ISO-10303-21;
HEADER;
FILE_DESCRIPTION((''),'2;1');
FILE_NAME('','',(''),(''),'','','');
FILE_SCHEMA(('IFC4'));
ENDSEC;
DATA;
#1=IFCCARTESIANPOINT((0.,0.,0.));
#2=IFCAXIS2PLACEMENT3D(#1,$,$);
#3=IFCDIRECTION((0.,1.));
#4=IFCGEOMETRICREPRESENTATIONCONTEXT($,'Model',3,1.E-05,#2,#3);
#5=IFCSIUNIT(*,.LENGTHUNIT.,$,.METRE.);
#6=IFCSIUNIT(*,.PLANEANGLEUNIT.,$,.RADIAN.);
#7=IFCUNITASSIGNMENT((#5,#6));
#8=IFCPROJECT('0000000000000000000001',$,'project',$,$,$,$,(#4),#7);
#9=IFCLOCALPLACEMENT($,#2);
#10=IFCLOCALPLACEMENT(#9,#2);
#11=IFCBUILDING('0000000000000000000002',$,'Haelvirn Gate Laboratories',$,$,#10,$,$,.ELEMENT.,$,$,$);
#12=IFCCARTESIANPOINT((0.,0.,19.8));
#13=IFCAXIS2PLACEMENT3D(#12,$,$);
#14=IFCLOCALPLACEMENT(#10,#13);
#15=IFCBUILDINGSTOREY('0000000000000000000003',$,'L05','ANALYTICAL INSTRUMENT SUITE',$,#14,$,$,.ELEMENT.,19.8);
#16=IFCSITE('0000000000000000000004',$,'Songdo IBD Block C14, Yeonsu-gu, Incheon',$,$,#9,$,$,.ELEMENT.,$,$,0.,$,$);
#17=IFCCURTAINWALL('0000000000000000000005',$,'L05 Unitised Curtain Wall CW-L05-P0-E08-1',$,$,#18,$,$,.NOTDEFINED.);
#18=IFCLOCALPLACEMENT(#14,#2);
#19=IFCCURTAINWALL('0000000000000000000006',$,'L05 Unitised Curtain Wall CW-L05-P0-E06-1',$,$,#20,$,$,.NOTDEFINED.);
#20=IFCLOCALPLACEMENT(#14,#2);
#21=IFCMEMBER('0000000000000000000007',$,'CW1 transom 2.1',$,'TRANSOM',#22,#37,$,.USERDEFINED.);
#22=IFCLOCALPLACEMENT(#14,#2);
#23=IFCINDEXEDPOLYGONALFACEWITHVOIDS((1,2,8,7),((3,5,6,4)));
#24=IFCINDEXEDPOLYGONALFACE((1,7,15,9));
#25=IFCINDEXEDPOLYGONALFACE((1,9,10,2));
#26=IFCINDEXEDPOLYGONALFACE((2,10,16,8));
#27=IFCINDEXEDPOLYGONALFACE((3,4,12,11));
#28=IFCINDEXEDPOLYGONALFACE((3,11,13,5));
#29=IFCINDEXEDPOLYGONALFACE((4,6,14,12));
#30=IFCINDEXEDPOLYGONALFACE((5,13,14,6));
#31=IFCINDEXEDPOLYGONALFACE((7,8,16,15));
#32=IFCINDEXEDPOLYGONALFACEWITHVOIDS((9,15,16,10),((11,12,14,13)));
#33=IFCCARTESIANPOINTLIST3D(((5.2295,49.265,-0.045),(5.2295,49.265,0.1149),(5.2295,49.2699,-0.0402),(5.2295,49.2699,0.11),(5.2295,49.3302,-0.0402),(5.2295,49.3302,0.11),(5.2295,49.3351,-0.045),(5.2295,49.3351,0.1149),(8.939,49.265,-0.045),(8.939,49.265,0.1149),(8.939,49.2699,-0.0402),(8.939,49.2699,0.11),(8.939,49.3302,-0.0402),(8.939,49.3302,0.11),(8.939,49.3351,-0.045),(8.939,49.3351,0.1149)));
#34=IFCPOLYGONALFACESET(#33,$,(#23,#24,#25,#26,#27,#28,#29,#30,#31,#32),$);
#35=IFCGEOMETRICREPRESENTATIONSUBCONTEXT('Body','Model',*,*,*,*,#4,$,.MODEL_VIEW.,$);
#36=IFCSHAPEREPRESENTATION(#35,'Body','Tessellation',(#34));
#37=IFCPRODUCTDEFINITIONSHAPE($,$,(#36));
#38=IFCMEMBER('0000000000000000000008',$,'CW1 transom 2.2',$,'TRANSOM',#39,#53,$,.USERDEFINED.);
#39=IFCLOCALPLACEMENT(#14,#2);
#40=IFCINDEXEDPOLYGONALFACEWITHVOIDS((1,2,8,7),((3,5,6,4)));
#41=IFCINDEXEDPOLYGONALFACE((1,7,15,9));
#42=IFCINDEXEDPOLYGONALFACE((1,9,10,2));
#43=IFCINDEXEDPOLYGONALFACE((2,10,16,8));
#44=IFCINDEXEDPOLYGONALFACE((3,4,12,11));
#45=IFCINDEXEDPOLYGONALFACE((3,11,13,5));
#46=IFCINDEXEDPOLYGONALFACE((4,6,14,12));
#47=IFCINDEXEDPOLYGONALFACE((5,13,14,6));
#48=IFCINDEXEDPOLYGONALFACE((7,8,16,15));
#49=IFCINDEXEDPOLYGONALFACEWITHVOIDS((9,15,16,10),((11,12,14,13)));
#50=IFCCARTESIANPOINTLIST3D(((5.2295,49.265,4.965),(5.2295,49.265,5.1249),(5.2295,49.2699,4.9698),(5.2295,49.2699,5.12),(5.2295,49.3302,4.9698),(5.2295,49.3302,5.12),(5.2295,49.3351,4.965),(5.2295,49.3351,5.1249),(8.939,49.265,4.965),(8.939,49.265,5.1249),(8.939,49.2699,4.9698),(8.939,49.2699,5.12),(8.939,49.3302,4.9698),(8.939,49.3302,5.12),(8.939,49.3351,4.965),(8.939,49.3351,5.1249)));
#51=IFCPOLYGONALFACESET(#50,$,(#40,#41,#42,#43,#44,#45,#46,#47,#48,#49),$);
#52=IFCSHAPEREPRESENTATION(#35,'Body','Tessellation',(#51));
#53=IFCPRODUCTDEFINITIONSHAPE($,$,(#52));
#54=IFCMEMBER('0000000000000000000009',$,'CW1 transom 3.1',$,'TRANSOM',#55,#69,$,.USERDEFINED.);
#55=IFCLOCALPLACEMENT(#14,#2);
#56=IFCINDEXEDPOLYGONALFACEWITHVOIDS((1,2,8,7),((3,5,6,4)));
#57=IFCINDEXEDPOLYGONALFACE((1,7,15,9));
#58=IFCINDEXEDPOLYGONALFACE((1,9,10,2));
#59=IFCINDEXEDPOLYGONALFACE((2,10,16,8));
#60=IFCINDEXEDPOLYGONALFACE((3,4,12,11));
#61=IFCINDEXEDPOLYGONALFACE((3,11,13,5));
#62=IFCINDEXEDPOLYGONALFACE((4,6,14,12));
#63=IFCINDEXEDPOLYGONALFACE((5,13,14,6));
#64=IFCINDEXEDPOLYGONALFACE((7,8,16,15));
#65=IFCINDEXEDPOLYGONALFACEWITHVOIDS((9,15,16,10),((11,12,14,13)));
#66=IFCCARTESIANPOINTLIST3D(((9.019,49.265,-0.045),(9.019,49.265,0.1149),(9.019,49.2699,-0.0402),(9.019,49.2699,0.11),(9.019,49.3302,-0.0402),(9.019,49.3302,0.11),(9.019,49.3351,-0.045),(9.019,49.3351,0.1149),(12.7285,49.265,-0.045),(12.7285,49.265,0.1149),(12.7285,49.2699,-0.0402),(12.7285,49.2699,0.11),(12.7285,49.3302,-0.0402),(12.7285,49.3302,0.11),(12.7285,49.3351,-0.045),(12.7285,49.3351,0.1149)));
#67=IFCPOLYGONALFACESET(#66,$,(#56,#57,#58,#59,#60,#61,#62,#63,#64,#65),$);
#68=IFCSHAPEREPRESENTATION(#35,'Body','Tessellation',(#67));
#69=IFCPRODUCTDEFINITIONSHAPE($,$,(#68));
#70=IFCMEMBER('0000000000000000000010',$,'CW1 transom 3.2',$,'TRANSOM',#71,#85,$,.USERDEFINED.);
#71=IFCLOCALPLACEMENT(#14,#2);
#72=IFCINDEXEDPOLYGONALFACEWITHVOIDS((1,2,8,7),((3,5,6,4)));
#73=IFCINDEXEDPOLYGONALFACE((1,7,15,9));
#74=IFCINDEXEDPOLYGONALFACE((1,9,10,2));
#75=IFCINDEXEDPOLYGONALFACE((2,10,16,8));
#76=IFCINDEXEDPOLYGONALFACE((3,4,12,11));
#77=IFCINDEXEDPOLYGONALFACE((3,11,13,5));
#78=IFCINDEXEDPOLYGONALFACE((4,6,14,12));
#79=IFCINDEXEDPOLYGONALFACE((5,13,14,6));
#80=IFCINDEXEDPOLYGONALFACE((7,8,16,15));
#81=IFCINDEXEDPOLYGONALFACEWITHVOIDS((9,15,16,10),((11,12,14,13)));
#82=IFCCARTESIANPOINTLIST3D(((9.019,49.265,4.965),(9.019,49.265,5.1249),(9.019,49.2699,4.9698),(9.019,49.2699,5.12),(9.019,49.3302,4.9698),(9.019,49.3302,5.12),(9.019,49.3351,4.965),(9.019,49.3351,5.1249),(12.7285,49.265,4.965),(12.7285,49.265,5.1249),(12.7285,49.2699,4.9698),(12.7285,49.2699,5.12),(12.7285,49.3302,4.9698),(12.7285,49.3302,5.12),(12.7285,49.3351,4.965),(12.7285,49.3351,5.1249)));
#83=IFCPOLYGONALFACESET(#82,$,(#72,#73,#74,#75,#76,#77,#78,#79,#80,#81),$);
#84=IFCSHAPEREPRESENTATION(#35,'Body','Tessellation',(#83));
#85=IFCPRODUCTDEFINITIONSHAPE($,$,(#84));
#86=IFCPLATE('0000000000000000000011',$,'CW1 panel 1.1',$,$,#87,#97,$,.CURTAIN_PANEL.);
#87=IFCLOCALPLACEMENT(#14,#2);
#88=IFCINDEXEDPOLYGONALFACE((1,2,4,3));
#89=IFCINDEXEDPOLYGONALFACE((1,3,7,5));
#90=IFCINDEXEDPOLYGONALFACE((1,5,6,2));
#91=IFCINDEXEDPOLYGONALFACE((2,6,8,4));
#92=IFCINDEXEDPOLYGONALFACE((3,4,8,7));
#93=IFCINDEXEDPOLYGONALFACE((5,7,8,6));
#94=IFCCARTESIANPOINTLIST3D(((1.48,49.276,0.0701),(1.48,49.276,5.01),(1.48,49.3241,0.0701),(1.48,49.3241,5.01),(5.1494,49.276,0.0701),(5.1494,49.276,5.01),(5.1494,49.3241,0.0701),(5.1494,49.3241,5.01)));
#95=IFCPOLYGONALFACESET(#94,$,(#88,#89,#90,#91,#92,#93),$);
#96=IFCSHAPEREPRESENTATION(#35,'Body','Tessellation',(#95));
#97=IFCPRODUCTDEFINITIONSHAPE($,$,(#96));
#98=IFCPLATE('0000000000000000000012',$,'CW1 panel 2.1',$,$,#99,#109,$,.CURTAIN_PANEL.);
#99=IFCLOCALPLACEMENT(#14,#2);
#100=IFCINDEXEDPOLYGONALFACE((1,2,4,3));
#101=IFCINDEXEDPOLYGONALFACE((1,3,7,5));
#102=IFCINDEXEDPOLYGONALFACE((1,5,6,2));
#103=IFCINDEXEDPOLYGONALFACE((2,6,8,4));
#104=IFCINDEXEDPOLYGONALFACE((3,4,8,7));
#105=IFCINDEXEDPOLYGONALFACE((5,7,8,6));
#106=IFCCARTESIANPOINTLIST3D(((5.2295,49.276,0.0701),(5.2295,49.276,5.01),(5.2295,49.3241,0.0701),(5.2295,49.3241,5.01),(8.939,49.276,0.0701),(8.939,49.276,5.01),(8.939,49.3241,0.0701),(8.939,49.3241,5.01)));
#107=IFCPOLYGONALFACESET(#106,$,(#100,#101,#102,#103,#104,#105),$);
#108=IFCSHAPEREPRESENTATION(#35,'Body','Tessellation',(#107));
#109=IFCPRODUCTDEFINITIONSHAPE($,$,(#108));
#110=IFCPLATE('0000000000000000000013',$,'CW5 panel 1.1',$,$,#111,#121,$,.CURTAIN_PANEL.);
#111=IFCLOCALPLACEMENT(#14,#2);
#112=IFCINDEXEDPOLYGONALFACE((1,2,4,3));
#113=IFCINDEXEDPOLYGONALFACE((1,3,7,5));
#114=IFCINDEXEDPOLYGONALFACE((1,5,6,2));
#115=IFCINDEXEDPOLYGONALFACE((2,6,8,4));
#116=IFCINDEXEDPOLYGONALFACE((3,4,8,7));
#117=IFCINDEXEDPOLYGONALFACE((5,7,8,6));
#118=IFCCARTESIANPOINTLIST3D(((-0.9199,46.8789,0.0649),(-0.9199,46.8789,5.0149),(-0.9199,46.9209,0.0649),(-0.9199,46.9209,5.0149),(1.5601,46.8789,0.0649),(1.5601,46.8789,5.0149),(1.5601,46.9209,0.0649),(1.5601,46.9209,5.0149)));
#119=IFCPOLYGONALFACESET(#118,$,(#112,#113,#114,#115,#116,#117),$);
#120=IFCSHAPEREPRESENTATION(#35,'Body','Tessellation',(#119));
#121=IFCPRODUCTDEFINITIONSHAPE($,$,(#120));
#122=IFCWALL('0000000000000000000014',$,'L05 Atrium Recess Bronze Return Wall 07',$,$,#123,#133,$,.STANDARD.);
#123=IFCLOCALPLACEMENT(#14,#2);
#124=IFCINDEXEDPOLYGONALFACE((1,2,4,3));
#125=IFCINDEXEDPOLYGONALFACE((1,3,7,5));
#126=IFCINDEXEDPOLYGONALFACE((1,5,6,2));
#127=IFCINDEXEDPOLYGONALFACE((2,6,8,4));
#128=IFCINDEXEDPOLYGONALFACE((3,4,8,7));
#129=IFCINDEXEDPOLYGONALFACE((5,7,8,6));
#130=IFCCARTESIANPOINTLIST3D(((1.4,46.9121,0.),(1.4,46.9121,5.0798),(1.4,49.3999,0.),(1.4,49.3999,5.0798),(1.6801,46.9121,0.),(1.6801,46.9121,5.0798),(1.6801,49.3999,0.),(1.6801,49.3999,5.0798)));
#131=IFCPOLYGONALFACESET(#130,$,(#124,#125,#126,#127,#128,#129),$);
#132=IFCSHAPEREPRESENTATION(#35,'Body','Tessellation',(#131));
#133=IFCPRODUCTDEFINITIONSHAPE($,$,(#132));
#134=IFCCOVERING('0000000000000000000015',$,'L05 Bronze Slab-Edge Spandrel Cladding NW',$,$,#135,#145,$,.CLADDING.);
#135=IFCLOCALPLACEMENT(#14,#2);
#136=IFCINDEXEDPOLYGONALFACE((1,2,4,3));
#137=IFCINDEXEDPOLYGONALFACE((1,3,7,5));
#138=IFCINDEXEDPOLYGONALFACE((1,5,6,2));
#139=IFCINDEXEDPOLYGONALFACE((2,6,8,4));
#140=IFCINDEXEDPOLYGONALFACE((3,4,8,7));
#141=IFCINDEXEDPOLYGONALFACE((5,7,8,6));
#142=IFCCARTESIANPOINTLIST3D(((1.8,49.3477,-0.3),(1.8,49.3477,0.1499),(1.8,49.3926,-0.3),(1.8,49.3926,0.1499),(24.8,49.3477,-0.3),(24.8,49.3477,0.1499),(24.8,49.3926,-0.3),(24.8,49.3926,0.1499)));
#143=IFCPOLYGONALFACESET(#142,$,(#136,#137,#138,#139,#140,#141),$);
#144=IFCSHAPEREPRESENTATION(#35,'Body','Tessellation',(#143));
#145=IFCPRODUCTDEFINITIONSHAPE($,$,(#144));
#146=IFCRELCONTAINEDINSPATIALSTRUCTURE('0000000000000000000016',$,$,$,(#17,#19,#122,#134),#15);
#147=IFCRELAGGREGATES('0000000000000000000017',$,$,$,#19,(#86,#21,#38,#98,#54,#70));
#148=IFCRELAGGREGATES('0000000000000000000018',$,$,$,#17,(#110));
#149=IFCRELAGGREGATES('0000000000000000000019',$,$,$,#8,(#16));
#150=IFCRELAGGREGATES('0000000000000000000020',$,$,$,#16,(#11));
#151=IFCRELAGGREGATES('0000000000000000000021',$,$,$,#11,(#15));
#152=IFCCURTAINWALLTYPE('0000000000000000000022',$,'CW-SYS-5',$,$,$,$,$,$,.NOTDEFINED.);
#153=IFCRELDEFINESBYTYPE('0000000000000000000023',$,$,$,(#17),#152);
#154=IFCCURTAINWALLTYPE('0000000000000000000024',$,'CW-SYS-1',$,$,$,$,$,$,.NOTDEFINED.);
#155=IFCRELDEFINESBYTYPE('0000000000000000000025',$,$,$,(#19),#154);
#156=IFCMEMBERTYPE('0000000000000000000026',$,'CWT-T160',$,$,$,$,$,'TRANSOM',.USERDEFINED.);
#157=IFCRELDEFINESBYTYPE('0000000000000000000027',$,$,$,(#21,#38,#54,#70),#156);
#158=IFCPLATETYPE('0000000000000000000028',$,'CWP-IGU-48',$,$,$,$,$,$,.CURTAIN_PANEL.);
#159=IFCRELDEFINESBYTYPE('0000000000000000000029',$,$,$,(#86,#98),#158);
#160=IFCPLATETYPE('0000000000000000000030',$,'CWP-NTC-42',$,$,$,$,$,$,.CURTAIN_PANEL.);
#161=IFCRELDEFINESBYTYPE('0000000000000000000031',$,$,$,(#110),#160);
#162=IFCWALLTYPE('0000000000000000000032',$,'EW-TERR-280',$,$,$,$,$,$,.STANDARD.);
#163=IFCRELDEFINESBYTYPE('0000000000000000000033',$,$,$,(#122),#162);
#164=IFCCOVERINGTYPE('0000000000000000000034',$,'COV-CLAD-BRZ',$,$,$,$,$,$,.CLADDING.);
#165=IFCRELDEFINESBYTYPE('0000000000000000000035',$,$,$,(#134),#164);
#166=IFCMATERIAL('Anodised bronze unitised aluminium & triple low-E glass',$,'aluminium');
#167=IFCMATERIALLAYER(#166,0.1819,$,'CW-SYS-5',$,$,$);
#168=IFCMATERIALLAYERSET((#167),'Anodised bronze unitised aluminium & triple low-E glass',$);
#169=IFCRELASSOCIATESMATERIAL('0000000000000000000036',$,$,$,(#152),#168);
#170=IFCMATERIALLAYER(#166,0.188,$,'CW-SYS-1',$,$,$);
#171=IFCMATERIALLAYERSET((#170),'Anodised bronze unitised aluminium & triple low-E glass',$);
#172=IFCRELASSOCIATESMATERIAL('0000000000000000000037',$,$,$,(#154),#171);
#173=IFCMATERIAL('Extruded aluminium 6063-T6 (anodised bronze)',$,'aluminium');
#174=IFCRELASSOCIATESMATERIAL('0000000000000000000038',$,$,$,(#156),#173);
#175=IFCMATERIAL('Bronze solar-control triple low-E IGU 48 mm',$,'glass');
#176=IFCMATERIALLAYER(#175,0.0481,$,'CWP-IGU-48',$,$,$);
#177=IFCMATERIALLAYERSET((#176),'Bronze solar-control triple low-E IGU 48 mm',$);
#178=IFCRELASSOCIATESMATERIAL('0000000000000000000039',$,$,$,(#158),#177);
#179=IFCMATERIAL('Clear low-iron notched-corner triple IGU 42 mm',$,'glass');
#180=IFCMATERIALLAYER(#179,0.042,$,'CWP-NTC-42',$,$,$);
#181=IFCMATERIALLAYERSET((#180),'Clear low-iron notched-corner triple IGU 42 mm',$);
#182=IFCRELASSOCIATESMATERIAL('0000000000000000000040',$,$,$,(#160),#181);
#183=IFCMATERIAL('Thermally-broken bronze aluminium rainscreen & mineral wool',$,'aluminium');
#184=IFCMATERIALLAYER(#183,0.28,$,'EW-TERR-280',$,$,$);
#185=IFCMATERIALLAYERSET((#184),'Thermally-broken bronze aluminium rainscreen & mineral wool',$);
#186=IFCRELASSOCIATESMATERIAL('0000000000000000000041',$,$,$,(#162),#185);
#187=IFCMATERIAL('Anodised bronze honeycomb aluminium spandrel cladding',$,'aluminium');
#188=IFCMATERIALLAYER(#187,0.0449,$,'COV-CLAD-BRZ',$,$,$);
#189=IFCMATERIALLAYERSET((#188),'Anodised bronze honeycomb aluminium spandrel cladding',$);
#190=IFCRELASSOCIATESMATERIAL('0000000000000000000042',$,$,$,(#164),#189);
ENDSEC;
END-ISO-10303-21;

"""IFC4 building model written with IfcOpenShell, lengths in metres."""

from ifc_helpers import new_model, si_unit, direction, frame, frame_2d, origin, origin_2d, place, context, subcontext, project, spatial, rectangle, hollow_rectangle, extrude, source, transform, mapped, material, layer, layer_set, material_profile, profile_set, type_object, type_shapes, element, aggregate, save


model = new_model("IFC4")

# Units and contexts
model_context = context("Model", 3, precision=1e-05, world=origin(), true_north=direction((0.0, 1.0)))
body_context = subcontext(model_context, "Body", "Model", "MODEL_VIEW")
ifc_project = project(units=[si_unit("LENGTHUNIT", "METRE"), si_unit("PLANEANGLEUNIT", "RADIAN")], contexts=[model_context])

# Site, building, storey
site_placement = place(None, origin())
site = spatial("IfcSite", under=ifc_project, at=site_placement, Name="Songdo IBD Block C14, Yeonsu-gu, Incheon", CompositionType="ELEMENT", RefElevation=0.0)
building_placement = place(site_placement, origin())
building = spatial("IfcBuilding", under=site, at=building_placement, Name="Haelvirn Gate Laboratories", CompositionType="ELEMENT")
storey_placement = place(building_placement, frame((0.0, 0.0, 19.8)))
storey = spatial("IfcBuildingStorey", under=building, at=storey_placement, Name="L05", Description="ANALYTICAL INSTRUMENT SUITE", CompositionType="ELEMENT", Elevation=19.8)

# Curtain wall
ifc_material_1 = material(Name="Anodised bronze unitised aluminium & triple low-E glass", Category="aluminium")
ifc_layer_1 = layer(ifc_material_1, 0.1819, Name="CW-SYS-5")
ifc_layer_set_1 = layer_set([ifc_layer_1], Name="Anodised bronze unitised aluminium & triple low-E glass")
curtain_wall_type_1 = type_object("IfcCurtainWallType", Name="CW-SYS-5", PredefinedType="NOTDEFINED", material=ifc_layer_set_1)
curtain_wall_1_placement = place(storey_placement, origin())
curtain_wall_1 = element("IfcCurtainWall", 1, at=curtain_wall_1_placement, inside=storey, type_object=curtain_wall_type_1, Name="L05 Unitised Curtain Wall CW-L05-P0-E08-1", PredefinedType="NOTDEFINED")
ifc_material_2 = material(Name="Extruded aluminium 6063-T6 (anodised bronze)", Category="aluminium")

# Curtain wall
ifc_layer_2 = layer(ifc_material_1, 0.188, Name="CW-SYS-1")
ifc_layer_set_2 = layer_set([ifc_layer_2], Name="Anodised bronze unitised aluminium & triple low-E glass")
curtain_wall_type_2 = type_object("IfcCurtainWallType", Name="CW-SYS-1", PredefinedType="NOTDEFINED", material=ifc_layer_set_2)
ifc_material_profile_1 = material_profile(ifc_material_2, hollow_rectangle(XDim=0.0701, YDim=0.1599, WallThickness=0.0049, at=origin_2d()), Name="CWT-160x70x5")
ifc_profile_set_1 = profile_set([ifc_material_profile_1], Name="Extruded aluminium 6063-T6 (anodised bronze)")
member_type_1 = type_object("IfcMemberType", Name="CWT-T160", ElementType="TRANSOM", PredefinedType="USERDEFINED", material=ifc_profile_set_1)
curtain_wall_2_placement = place(storey_placement, origin())
curtain_wall_2 = element("IfcCurtainWall", 2, at=curtain_wall_2_placement, inside=storey, type_object=curtain_wall_type_2, Name="L05 Unitised Curtain Wall CW-L05-P0-E06-1", PredefinedType="NOTDEFINED")

# Members
shared_shape_1 = source(origin(), body_context, "Body", "SweptSolid", [
    extrude(hollow_rectangle(XDim=0.0701, YDim=0.1599, WallThickness=0.0049, at=origin_2d()), origin(), (0.0, 0.0, 1.0), 3.7095),
])
member_1_placement = place(storey_placement, frame((5.2295, 49.3, 0.0349), z_axis=(1.0, 0.0, 0.0), x_axis=(0.0, 1.0, 0.0)))
member_1 = element("IfcMember", 3, at=member_1_placement, type_object=member_type_1, Name="CW1 transom 2.1", ObjectType="TRANSOM", PredefinedType="USERDEFINED", context=body_context, shape_type="MappedRepresentation", body=[
    mapped(shared_shape_1, transform((0.0, 0.0, 0.0), scale=1.0)),
])
member_2_placement = place(storey_placement, frame((5.2295, 49.3, 5.0449), z_axis=(1.0, 0.0, 0.0), x_axis=(0.0, 1.0, 0.0)))
member_2 = element("IfcMember", 4, at=member_2_placement, type_object=member_type_1, Name="CW1 transom 2.2", ObjectType="TRANSOM", PredefinedType="USERDEFINED", context=body_context, shape_type="MappedRepresentation", body=[
    mapped(shared_shape_1, transform((0.0, 0.0, 0.0), scale=1.0)),
])
member_3_placement = place(storey_placement, frame((9.019, 49.3, 0.0349), z_axis=(1.0, 0.0, 0.0), x_axis=(0.0, 1.0, 0.0)))
member_3 = element("IfcMember", 5, at=member_3_placement, type_object=member_type_1, Name="CW1 transom 3.1", ObjectType="TRANSOM", PredefinedType="USERDEFINED", context=body_context, shape_type="MappedRepresentation", body=[
    mapped(shared_shape_1, transform((0.0, 0.0, 0.0), scale=1.0)),
])
member_4_placement = place(storey_placement, frame((9.019, 49.3, 5.0449), z_axis=(1.0, 0.0, 0.0), x_axis=(0.0, 1.0, 0.0)))
member_4 = element("IfcMember", 6, at=member_4_placement, type_object=member_type_1, Name="CW1 transom 3.2", ObjectType="TRANSOM", PredefinedType="USERDEFINED", context=body_context, shape_type="MappedRepresentation", body=[
    mapped(shared_shape_1, transform((0.0, 0.0, 0.0), scale=1.0)),
])

# Plates
ifc_material_3 = material(Name="Bronze solar-control triple low-E IGU 48 mm", Category="glass")
ifc_layer_3 = layer(ifc_material_3, 0.0481, Name="CWP-IGU-48")
ifc_layer_set_3 = layer_set([ifc_layer_3], Name="Bronze solar-control triple low-E IGU 48 mm")
plate_type_1 = type_object("IfcPlateType", Name="CWP-IGU-48", PredefinedType="CURTAIN_PANEL", material=ifc_layer_set_3)
shared_shape_2 = source(origin(), body_context, "Body", "SweptSolid", [
    extrude(rectangle(XDim=3.6694, YDim=0.0481, at=origin_2d()), origin(), (0.0, 0.0, 1.0), 4.9399),
])
plate_1_placement = place(storey_placement, frame((3.3147, 49.3, 0.0701), z_axis=(0.0, 0.0, 1.0), x_axis=(1.0, 0.0, 0.0)))
plate_1 = element("IfcPlate", 7, at=plate_1_placement, type_object=plate_type_1, Name="CW1 panel 1.1", PredefinedType="CURTAIN_PANEL", context=body_context, shape_type="MappedRepresentation", body=[
    mapped(shared_shape_2, transform((0.0, 0.0, 0.0), scale=1.0)),
])
shared_shape_3 = source(origin(), body_context, "Body", "SweptSolid", [
    extrude(rectangle(XDim=3.7095, YDim=0.0481, at=origin_2d()), origin(), (0.0, 0.0, 1.0), 4.9399),
])
type_shapes(plate_type_1, [shared_shape_2, shared_shape_3])
plate_2_placement = place(storey_placement, frame((7.0842, 49.3, 0.0701), z_axis=(0.0, 0.0, 1.0), x_axis=(1.0, 0.0, 0.0)))
plate_2 = element("IfcPlate", 8, at=plate_2_placement, type_object=plate_type_1, Name="CW1 panel 2.1", PredefinedType="CURTAIN_PANEL", context=body_context, shape_type="MappedRepresentation", body=[
    mapped(shared_shape_3, transform((0.0, 0.0, 0.0), scale=1.0)),
])
aggregate(curtain_wall_2, [plate_1, member_1, member_2, plate_2, member_3, member_4])
ifc_material_4 = material(Name="Clear low-iron notched-corner triple IGU 42 mm", Category="glass")
ifc_layer_4 = layer(ifc_material_4, 0.042, Name="CWP-NTC-42")
ifc_layer_set_4 = layer_set([ifc_layer_4], Name="Clear low-iron notched-corner triple IGU 42 mm")
plate_type_2 = type_object("IfcPlateType", Name="CWP-NTC-42", PredefinedType="CURTAIN_PANEL", material=ifc_layer_set_4)
shared_shape_4 = source(origin(), body_context, "Body", "SweptSolid", [
    extrude(rectangle(XDim=2.48, YDim=0.042, at=origin_2d()), origin(), (0.0, 0.0, 1.0), 4.95),
])
type_shapes(plate_type_2, [shared_shape_4])
plate_3_placement = place(storey_placement, frame((0.3201, 46.8999, 0.0649), z_axis=(0.0, 0.0, 1.0), x_axis=(1.0, 0.0, 0.0)))
plate_3 = element("IfcPlate", 9, at=plate_3_placement, type_object=plate_type_2, Name="CW5 panel 1.1", PredefinedType="CURTAIN_PANEL", context=body_context, shape_type="MappedRepresentation", body=[
    mapped(shared_shape_4, transform((0.0, 0.0, 0.0), scale=1.0)),
])
aggregate(curtain_wall_1, [plate_3])

# Wall
ifc_material_5 = material(Name="Thermally-broken bronze aluminium rainscreen & mineral wool", Category="aluminium")
ifc_layer_5 = layer(ifc_material_5, 0.28, Name="EW-TERR-280")
ifc_layer_set_5 = layer_set([ifc_layer_5], Name="Thermally-broken bronze aluminium rainscreen & mineral wool")
wall_type = type_object("IfcWallType", Name="EW-TERR-280", PredefinedType="STANDARD", material=ifc_layer_set_5)
wall_placement = place(storey_placement, frame((1.54, 49.3999, 0.0), z_axis=(0.0, 0.0, 1.0), x_axis=(0.0, -1.0, 0.0)))
element("IfcWall", 10, at=wall_placement, inside=storey, type_object=wall_type, Name="L05 Atrium Recess Bronze Return Wall 07", PredefinedType="STANDARD", context=body_context, shape_type="SweptSolid", body=[
    extrude(rectangle(XDim=2.4878, YDim=0.28, at=frame_2d((1.2439, 0.0))), origin(), (0.0, 0.0, 1.0), 5.0798),
])

# Covering
ifc_material_6 = material(Name="Anodised bronze honeycomb aluminium spandrel cladding", Category="aluminium")
ifc_layer_6 = layer(ifc_material_6, 0.0449, Name="COV-CLAD-BRZ")
ifc_layer_set_6 = layer_set([ifc_layer_6], Name="Anodised bronze honeycomb aluminium spandrel cladding")
covering_type = type_object("IfcCoveringType", Name="COV-CLAD-BRZ", PredefinedType="CLADDING", material=ifc_layer_set_6)
covering_placement = place(storey_placement, frame((1.8, 49.3701, -0.3), z_axis=(0.0, 0.0, 1.0), x_axis=(1.0, 0.0, 0.0)))
element("IfcCovering", 11, at=covering_placement, inside=storey, type_object=covering_type, Name="L05 Bronze Slab-Edge Spandrel Cladding NW", PredefinedType="CLADDING", context=body_context, shape_type="SweptSolid", body=[
    extrude(rectangle(XDim=23.0, YDim=0.0449, at=frame_2d((11.5, 0.0))), origin(), (0.0, 0.0, 1.0), 0.45),
])

save(model, "model.ifc")
